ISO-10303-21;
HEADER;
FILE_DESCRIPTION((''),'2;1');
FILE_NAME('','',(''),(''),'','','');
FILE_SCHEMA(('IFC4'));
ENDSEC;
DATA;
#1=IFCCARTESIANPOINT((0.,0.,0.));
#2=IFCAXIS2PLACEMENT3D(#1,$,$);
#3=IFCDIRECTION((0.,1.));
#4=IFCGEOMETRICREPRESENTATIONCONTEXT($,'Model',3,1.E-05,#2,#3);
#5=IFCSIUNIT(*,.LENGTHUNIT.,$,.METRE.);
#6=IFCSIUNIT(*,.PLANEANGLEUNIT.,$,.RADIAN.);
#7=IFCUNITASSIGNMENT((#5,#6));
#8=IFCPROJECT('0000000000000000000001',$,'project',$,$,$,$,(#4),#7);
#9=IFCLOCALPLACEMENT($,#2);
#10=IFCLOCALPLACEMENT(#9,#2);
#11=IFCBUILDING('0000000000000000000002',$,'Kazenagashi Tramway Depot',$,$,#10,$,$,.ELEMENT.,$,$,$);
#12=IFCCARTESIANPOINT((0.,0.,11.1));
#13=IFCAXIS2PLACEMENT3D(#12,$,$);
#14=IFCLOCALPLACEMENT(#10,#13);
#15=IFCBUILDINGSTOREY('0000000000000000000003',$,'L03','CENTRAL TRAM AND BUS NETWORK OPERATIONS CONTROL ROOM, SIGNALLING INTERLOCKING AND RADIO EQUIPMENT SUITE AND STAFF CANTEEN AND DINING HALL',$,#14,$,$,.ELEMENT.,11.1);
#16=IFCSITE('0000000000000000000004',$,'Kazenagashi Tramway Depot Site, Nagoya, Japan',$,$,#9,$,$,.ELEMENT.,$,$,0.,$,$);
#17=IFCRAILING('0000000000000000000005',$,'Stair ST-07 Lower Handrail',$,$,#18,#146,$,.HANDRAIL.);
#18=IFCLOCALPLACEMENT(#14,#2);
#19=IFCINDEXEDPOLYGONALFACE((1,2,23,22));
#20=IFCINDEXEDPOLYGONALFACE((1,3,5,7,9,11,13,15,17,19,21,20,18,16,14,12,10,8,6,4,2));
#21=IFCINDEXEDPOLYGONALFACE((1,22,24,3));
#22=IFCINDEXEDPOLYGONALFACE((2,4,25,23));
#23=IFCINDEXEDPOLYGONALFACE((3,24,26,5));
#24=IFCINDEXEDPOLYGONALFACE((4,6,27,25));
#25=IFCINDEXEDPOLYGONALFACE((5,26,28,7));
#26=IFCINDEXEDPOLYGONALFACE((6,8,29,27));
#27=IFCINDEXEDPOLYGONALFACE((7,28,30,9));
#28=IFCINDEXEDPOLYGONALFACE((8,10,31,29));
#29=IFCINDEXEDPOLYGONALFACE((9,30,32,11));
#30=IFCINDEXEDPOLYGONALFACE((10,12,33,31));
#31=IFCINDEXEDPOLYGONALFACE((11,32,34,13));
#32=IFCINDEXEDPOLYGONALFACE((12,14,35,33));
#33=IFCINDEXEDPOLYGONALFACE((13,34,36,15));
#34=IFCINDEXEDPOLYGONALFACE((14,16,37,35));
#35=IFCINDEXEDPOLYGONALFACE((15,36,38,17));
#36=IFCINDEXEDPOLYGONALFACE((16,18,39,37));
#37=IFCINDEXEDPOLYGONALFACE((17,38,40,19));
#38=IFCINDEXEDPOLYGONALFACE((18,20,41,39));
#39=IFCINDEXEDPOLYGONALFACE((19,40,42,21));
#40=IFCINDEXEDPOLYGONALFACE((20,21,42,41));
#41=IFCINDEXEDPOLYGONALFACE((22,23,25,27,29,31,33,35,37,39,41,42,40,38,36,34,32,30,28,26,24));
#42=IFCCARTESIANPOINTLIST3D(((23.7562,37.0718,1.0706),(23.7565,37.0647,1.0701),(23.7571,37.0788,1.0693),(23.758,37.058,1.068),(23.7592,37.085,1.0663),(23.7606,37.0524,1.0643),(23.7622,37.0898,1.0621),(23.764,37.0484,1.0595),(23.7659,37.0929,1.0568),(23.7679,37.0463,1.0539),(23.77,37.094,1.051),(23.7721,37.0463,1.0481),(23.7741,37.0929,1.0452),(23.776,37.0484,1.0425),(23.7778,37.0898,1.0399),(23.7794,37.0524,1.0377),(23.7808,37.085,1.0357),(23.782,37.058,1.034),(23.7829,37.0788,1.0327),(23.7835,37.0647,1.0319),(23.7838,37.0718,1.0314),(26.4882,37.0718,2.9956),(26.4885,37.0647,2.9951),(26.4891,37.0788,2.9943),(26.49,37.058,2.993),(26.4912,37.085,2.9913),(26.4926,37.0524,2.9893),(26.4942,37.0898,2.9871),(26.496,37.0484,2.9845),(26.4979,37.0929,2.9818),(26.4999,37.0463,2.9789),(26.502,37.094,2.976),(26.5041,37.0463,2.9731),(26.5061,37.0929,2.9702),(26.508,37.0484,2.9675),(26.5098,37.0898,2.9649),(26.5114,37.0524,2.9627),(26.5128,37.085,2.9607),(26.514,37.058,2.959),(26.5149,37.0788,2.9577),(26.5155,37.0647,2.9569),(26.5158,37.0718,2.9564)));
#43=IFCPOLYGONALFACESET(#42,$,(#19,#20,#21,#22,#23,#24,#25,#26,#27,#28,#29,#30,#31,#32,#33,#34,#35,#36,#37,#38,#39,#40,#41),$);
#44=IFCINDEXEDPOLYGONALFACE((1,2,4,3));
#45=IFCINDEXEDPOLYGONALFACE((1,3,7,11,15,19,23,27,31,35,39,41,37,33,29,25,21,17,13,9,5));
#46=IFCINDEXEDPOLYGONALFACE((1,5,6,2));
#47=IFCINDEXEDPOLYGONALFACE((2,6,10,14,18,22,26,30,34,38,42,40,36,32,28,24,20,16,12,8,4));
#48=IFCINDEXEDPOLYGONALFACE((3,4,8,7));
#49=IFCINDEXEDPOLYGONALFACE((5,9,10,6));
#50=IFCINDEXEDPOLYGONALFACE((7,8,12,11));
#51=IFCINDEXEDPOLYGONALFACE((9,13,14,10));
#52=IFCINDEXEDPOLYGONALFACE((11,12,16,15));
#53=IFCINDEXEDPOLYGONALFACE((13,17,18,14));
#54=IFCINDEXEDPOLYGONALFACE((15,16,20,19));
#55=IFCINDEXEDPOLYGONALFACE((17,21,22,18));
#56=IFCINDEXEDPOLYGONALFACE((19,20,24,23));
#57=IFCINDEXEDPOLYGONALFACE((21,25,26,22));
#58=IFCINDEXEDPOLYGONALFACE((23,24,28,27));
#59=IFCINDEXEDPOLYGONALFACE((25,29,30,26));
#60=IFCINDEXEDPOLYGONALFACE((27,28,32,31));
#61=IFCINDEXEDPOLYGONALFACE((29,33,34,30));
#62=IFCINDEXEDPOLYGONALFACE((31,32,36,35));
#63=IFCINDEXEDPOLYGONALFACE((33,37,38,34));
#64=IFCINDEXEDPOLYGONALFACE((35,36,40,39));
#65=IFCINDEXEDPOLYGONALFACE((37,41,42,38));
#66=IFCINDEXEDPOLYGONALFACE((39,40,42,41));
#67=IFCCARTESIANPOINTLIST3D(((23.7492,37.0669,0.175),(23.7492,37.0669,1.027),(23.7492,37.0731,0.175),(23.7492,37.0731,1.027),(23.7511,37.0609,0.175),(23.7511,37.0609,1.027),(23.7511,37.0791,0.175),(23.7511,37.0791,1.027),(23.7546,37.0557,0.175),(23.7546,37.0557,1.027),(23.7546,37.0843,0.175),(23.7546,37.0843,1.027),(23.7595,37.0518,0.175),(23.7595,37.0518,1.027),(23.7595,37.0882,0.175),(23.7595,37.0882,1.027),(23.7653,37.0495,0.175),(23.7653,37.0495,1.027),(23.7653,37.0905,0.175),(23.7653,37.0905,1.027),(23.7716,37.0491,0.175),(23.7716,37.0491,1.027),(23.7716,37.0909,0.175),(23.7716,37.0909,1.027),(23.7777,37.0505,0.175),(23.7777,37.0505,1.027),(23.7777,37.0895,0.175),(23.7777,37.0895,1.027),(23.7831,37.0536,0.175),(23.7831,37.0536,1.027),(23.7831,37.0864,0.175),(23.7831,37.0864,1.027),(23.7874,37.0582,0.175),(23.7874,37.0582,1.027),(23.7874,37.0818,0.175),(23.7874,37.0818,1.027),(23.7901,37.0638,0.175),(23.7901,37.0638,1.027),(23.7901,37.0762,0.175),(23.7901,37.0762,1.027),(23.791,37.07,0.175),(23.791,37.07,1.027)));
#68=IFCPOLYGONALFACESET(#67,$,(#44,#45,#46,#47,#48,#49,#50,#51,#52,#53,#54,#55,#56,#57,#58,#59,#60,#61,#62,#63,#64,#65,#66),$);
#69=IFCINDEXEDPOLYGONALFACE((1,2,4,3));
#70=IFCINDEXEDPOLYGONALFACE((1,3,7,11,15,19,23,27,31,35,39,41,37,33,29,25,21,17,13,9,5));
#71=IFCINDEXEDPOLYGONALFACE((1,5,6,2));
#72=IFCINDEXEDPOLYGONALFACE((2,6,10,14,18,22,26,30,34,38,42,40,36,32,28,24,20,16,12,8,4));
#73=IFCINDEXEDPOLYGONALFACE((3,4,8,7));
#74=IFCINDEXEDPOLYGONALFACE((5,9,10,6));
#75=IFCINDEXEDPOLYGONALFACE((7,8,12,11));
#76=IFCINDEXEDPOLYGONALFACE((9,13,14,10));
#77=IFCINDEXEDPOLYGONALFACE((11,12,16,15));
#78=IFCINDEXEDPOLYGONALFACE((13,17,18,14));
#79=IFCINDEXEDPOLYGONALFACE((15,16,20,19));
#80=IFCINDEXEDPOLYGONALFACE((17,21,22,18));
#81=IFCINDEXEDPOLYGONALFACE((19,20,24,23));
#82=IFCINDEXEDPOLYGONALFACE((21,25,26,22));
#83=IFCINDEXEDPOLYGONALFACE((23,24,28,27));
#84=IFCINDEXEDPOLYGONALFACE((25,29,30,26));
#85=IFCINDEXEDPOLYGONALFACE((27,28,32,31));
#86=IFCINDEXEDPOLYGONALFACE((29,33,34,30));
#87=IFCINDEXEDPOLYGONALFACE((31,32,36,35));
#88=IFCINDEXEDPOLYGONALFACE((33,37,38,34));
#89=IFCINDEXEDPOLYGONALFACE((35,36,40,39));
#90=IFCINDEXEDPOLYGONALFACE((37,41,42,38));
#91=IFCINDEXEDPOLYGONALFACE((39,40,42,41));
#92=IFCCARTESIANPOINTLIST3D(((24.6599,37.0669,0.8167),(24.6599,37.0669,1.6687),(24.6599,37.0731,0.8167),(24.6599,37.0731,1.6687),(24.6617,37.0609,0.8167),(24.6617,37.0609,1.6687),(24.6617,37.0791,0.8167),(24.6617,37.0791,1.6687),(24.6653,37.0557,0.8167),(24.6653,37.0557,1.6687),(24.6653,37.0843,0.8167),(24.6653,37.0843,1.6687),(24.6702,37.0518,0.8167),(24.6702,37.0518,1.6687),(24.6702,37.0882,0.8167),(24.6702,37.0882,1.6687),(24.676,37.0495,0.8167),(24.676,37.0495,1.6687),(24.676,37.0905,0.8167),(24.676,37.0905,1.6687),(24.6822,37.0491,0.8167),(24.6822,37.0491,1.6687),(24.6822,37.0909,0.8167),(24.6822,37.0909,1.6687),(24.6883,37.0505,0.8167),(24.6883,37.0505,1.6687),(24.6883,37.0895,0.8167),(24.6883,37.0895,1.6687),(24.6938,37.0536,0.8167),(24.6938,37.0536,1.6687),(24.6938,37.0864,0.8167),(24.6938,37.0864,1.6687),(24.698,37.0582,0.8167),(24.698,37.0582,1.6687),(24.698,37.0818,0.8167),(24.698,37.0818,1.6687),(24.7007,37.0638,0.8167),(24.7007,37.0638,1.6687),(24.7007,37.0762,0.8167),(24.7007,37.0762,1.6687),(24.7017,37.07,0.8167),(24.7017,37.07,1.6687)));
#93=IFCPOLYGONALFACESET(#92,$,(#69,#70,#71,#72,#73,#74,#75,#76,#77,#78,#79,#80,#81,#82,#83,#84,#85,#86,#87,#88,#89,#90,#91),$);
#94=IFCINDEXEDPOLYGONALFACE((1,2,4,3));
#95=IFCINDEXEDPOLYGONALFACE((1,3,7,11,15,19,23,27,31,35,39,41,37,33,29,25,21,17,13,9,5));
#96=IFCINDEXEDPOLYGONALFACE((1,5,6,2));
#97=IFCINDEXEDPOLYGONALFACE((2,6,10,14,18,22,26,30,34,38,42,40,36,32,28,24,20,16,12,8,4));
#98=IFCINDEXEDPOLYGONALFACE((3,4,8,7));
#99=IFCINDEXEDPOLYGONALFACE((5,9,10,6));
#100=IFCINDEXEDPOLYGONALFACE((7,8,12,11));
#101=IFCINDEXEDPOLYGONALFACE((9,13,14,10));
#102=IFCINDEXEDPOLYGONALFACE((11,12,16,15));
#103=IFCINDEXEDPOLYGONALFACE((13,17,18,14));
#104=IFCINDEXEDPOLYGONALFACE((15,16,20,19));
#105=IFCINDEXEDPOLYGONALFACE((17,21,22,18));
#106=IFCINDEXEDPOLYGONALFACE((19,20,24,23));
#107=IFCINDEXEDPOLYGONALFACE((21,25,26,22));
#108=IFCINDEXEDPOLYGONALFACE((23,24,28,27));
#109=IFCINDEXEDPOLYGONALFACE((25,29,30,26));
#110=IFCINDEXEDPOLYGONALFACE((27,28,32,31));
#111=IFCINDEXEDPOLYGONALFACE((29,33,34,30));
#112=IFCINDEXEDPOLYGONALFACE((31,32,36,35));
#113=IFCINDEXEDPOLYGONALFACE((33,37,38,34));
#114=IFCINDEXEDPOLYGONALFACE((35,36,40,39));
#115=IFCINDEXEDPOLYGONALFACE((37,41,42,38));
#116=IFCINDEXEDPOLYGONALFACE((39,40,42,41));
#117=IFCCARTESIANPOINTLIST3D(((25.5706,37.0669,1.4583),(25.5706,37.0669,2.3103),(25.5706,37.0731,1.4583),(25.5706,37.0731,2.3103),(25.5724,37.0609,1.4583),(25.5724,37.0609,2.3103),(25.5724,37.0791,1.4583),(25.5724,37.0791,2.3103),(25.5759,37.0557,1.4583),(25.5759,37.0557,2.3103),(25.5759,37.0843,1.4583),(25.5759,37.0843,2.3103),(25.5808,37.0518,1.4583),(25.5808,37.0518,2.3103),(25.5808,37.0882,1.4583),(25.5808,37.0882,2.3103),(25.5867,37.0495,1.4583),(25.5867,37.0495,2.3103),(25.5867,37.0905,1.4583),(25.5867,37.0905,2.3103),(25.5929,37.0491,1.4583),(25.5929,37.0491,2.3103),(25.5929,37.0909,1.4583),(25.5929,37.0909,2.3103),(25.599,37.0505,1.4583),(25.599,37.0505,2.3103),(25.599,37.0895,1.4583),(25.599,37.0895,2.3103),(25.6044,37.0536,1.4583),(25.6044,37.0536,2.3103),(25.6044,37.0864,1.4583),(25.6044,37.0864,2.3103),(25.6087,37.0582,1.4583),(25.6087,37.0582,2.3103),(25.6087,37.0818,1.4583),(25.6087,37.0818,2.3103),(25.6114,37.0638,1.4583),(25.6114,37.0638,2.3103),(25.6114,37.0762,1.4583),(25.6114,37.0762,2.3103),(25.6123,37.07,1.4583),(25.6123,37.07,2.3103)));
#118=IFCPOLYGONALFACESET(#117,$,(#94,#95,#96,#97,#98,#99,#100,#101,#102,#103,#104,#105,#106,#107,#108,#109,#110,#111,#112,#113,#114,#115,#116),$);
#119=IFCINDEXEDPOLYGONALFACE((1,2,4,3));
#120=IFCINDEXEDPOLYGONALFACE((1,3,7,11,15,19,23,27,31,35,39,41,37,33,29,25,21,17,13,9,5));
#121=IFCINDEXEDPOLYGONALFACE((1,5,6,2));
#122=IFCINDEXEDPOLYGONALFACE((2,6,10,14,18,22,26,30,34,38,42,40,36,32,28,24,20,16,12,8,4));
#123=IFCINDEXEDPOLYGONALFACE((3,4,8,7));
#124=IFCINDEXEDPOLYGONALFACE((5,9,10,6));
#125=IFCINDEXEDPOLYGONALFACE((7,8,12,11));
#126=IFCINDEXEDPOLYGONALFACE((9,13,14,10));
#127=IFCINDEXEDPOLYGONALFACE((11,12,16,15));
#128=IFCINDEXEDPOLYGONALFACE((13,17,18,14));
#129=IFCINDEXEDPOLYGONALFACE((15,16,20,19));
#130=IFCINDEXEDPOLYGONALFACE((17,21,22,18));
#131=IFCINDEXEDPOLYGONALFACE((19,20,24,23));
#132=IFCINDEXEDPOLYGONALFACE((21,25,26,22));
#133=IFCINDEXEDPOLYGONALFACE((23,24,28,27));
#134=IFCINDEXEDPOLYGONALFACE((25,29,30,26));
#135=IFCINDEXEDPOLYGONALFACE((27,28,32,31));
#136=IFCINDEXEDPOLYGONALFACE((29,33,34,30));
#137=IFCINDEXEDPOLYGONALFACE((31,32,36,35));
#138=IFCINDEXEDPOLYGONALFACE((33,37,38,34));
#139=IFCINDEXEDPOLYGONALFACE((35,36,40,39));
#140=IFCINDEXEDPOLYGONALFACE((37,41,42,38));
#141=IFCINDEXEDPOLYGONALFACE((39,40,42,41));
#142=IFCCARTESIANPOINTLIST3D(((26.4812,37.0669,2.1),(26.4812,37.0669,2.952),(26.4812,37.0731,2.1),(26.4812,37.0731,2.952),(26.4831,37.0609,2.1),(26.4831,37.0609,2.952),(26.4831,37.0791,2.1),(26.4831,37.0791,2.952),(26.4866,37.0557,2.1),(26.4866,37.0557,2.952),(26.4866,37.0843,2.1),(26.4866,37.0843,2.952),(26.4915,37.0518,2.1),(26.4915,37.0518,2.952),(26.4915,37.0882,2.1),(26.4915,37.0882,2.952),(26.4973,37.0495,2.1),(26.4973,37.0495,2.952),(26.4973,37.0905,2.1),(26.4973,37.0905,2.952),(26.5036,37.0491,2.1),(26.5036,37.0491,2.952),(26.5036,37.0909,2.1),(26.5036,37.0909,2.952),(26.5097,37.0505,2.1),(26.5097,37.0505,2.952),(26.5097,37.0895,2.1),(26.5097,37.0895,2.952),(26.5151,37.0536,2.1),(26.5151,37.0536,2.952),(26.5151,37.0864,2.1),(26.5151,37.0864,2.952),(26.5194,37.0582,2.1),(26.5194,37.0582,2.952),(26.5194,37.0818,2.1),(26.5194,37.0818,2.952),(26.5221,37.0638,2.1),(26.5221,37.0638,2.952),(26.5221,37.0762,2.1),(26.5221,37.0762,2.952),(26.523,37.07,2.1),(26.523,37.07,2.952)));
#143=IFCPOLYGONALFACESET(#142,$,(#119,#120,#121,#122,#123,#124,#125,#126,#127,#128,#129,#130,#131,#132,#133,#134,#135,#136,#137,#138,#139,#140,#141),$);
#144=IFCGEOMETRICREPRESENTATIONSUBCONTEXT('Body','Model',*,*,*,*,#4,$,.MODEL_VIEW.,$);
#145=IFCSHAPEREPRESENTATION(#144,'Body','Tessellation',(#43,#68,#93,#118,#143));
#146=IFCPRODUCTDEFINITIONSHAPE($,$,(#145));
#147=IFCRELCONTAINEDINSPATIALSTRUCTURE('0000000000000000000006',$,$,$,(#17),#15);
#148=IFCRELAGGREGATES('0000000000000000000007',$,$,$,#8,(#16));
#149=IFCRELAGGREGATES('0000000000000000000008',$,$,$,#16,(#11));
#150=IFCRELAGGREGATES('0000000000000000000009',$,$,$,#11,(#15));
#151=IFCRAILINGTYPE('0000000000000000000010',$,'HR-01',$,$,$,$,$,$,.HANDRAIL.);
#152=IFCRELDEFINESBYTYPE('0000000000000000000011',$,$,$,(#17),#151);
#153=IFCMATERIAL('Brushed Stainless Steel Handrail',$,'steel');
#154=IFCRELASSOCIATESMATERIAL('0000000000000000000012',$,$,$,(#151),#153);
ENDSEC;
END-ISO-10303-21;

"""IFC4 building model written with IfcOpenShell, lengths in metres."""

from ifc_helpers import new_model, si_unit, direction, frame, origin, origin_2d, place, context, subcontext, project, spatial, circle, extrude, material, type_object, element, save


model = new_model("IFC4")

# Units and contexts
model_context = context("Model", 3, precision=1e-05, world=origin(), true_north=direction((0.0, 1.0)))
body_context = subcontext(model_context, "Body", "Model", "MODEL_VIEW")
ifc_project = project(units=[si_unit("LENGTHUNIT", "METRE"), si_unit("PLANEANGLEUNIT", "RADIAN")], contexts=[model_context])

# Site, building, storey
site_placement = place(None, origin())
site = spatial("IfcSite", under=ifc_project, at=site_placement, Name="Kazenagashi Tramway Depot Site, Nagoya, Japan", CompositionType="ELEMENT", RefElevation=0.0)
building_placement = place(site_placement, origin())
building = spatial("IfcBuilding", under=site, at=building_placement, Name="Kazenagashi Tramway Depot", CompositionType="ELEMENT")
storey_placement = place(building_placement, frame((0.0, 0.0, 11.1)))
storey = spatial("IfcBuildingStorey", under=building, at=storey_placement, Name="L03", Description="CENTRAL TRAM AND BUS NETWORK OPERATIONS CONTROL ROOM, SIGNALLING INTERLOCKING AND RADIO EQUIPMENT SUITE AND STAFF CANTEEN AND DINING HALL", CompositionType="ELEMENT", Elevation=11.1)

# Railing
ifc_material_1 = material(Name="Brushed Stainless Steel Handrail", Category="steel")
railing_type_1 = type_object("IfcRailingType", Name="HR-01", PredefinedType="HANDRAIL", material=ifc_material_1)
railing_1_placement = place(storey_placement, frame((23.77, 37.07, 0.175)))
element("IfcRailing", 1, at=railing_1_placement, inside=storey, type_object=railing_type_1, Name="Stair ST-07 Lower Handrail", PredefinedType="HANDRAIL", context=body_context, shape_type="SweptSolid", body=[
    extrude(circle(Radius=0.024, at=origin_2d()), frame((0.0, 0.0, 0.876), z_axis=(0.817457, 0.0, 0.57599), x_axis=(0.0, 1.0, 0.0)), (0.0, 0.0, 1.0), 3.3421),
    extrude(circle(Radius=0.021, at=origin_2d()), origin(), (0.0, 0.0, 1.0), 0.852),
    extrude(circle(Radius=0.021, at=origin_2d()), frame((0.9107, 0.0, 0.6417)), (0.0, 0.0, 1.0), 0.852),
    extrude(circle(Radius=0.021, at=origin_2d()), frame((1.8213, 0.0, 1.2833)), (0.0, 0.0, 1.0), 0.852),
    extrude(circle(Radius=0.021, at=origin_2d()), frame((2.732, 0.0, 1.925)), (0.0, 0.0, 1.0), 0.852),
])

save(model, "model.ifc")
